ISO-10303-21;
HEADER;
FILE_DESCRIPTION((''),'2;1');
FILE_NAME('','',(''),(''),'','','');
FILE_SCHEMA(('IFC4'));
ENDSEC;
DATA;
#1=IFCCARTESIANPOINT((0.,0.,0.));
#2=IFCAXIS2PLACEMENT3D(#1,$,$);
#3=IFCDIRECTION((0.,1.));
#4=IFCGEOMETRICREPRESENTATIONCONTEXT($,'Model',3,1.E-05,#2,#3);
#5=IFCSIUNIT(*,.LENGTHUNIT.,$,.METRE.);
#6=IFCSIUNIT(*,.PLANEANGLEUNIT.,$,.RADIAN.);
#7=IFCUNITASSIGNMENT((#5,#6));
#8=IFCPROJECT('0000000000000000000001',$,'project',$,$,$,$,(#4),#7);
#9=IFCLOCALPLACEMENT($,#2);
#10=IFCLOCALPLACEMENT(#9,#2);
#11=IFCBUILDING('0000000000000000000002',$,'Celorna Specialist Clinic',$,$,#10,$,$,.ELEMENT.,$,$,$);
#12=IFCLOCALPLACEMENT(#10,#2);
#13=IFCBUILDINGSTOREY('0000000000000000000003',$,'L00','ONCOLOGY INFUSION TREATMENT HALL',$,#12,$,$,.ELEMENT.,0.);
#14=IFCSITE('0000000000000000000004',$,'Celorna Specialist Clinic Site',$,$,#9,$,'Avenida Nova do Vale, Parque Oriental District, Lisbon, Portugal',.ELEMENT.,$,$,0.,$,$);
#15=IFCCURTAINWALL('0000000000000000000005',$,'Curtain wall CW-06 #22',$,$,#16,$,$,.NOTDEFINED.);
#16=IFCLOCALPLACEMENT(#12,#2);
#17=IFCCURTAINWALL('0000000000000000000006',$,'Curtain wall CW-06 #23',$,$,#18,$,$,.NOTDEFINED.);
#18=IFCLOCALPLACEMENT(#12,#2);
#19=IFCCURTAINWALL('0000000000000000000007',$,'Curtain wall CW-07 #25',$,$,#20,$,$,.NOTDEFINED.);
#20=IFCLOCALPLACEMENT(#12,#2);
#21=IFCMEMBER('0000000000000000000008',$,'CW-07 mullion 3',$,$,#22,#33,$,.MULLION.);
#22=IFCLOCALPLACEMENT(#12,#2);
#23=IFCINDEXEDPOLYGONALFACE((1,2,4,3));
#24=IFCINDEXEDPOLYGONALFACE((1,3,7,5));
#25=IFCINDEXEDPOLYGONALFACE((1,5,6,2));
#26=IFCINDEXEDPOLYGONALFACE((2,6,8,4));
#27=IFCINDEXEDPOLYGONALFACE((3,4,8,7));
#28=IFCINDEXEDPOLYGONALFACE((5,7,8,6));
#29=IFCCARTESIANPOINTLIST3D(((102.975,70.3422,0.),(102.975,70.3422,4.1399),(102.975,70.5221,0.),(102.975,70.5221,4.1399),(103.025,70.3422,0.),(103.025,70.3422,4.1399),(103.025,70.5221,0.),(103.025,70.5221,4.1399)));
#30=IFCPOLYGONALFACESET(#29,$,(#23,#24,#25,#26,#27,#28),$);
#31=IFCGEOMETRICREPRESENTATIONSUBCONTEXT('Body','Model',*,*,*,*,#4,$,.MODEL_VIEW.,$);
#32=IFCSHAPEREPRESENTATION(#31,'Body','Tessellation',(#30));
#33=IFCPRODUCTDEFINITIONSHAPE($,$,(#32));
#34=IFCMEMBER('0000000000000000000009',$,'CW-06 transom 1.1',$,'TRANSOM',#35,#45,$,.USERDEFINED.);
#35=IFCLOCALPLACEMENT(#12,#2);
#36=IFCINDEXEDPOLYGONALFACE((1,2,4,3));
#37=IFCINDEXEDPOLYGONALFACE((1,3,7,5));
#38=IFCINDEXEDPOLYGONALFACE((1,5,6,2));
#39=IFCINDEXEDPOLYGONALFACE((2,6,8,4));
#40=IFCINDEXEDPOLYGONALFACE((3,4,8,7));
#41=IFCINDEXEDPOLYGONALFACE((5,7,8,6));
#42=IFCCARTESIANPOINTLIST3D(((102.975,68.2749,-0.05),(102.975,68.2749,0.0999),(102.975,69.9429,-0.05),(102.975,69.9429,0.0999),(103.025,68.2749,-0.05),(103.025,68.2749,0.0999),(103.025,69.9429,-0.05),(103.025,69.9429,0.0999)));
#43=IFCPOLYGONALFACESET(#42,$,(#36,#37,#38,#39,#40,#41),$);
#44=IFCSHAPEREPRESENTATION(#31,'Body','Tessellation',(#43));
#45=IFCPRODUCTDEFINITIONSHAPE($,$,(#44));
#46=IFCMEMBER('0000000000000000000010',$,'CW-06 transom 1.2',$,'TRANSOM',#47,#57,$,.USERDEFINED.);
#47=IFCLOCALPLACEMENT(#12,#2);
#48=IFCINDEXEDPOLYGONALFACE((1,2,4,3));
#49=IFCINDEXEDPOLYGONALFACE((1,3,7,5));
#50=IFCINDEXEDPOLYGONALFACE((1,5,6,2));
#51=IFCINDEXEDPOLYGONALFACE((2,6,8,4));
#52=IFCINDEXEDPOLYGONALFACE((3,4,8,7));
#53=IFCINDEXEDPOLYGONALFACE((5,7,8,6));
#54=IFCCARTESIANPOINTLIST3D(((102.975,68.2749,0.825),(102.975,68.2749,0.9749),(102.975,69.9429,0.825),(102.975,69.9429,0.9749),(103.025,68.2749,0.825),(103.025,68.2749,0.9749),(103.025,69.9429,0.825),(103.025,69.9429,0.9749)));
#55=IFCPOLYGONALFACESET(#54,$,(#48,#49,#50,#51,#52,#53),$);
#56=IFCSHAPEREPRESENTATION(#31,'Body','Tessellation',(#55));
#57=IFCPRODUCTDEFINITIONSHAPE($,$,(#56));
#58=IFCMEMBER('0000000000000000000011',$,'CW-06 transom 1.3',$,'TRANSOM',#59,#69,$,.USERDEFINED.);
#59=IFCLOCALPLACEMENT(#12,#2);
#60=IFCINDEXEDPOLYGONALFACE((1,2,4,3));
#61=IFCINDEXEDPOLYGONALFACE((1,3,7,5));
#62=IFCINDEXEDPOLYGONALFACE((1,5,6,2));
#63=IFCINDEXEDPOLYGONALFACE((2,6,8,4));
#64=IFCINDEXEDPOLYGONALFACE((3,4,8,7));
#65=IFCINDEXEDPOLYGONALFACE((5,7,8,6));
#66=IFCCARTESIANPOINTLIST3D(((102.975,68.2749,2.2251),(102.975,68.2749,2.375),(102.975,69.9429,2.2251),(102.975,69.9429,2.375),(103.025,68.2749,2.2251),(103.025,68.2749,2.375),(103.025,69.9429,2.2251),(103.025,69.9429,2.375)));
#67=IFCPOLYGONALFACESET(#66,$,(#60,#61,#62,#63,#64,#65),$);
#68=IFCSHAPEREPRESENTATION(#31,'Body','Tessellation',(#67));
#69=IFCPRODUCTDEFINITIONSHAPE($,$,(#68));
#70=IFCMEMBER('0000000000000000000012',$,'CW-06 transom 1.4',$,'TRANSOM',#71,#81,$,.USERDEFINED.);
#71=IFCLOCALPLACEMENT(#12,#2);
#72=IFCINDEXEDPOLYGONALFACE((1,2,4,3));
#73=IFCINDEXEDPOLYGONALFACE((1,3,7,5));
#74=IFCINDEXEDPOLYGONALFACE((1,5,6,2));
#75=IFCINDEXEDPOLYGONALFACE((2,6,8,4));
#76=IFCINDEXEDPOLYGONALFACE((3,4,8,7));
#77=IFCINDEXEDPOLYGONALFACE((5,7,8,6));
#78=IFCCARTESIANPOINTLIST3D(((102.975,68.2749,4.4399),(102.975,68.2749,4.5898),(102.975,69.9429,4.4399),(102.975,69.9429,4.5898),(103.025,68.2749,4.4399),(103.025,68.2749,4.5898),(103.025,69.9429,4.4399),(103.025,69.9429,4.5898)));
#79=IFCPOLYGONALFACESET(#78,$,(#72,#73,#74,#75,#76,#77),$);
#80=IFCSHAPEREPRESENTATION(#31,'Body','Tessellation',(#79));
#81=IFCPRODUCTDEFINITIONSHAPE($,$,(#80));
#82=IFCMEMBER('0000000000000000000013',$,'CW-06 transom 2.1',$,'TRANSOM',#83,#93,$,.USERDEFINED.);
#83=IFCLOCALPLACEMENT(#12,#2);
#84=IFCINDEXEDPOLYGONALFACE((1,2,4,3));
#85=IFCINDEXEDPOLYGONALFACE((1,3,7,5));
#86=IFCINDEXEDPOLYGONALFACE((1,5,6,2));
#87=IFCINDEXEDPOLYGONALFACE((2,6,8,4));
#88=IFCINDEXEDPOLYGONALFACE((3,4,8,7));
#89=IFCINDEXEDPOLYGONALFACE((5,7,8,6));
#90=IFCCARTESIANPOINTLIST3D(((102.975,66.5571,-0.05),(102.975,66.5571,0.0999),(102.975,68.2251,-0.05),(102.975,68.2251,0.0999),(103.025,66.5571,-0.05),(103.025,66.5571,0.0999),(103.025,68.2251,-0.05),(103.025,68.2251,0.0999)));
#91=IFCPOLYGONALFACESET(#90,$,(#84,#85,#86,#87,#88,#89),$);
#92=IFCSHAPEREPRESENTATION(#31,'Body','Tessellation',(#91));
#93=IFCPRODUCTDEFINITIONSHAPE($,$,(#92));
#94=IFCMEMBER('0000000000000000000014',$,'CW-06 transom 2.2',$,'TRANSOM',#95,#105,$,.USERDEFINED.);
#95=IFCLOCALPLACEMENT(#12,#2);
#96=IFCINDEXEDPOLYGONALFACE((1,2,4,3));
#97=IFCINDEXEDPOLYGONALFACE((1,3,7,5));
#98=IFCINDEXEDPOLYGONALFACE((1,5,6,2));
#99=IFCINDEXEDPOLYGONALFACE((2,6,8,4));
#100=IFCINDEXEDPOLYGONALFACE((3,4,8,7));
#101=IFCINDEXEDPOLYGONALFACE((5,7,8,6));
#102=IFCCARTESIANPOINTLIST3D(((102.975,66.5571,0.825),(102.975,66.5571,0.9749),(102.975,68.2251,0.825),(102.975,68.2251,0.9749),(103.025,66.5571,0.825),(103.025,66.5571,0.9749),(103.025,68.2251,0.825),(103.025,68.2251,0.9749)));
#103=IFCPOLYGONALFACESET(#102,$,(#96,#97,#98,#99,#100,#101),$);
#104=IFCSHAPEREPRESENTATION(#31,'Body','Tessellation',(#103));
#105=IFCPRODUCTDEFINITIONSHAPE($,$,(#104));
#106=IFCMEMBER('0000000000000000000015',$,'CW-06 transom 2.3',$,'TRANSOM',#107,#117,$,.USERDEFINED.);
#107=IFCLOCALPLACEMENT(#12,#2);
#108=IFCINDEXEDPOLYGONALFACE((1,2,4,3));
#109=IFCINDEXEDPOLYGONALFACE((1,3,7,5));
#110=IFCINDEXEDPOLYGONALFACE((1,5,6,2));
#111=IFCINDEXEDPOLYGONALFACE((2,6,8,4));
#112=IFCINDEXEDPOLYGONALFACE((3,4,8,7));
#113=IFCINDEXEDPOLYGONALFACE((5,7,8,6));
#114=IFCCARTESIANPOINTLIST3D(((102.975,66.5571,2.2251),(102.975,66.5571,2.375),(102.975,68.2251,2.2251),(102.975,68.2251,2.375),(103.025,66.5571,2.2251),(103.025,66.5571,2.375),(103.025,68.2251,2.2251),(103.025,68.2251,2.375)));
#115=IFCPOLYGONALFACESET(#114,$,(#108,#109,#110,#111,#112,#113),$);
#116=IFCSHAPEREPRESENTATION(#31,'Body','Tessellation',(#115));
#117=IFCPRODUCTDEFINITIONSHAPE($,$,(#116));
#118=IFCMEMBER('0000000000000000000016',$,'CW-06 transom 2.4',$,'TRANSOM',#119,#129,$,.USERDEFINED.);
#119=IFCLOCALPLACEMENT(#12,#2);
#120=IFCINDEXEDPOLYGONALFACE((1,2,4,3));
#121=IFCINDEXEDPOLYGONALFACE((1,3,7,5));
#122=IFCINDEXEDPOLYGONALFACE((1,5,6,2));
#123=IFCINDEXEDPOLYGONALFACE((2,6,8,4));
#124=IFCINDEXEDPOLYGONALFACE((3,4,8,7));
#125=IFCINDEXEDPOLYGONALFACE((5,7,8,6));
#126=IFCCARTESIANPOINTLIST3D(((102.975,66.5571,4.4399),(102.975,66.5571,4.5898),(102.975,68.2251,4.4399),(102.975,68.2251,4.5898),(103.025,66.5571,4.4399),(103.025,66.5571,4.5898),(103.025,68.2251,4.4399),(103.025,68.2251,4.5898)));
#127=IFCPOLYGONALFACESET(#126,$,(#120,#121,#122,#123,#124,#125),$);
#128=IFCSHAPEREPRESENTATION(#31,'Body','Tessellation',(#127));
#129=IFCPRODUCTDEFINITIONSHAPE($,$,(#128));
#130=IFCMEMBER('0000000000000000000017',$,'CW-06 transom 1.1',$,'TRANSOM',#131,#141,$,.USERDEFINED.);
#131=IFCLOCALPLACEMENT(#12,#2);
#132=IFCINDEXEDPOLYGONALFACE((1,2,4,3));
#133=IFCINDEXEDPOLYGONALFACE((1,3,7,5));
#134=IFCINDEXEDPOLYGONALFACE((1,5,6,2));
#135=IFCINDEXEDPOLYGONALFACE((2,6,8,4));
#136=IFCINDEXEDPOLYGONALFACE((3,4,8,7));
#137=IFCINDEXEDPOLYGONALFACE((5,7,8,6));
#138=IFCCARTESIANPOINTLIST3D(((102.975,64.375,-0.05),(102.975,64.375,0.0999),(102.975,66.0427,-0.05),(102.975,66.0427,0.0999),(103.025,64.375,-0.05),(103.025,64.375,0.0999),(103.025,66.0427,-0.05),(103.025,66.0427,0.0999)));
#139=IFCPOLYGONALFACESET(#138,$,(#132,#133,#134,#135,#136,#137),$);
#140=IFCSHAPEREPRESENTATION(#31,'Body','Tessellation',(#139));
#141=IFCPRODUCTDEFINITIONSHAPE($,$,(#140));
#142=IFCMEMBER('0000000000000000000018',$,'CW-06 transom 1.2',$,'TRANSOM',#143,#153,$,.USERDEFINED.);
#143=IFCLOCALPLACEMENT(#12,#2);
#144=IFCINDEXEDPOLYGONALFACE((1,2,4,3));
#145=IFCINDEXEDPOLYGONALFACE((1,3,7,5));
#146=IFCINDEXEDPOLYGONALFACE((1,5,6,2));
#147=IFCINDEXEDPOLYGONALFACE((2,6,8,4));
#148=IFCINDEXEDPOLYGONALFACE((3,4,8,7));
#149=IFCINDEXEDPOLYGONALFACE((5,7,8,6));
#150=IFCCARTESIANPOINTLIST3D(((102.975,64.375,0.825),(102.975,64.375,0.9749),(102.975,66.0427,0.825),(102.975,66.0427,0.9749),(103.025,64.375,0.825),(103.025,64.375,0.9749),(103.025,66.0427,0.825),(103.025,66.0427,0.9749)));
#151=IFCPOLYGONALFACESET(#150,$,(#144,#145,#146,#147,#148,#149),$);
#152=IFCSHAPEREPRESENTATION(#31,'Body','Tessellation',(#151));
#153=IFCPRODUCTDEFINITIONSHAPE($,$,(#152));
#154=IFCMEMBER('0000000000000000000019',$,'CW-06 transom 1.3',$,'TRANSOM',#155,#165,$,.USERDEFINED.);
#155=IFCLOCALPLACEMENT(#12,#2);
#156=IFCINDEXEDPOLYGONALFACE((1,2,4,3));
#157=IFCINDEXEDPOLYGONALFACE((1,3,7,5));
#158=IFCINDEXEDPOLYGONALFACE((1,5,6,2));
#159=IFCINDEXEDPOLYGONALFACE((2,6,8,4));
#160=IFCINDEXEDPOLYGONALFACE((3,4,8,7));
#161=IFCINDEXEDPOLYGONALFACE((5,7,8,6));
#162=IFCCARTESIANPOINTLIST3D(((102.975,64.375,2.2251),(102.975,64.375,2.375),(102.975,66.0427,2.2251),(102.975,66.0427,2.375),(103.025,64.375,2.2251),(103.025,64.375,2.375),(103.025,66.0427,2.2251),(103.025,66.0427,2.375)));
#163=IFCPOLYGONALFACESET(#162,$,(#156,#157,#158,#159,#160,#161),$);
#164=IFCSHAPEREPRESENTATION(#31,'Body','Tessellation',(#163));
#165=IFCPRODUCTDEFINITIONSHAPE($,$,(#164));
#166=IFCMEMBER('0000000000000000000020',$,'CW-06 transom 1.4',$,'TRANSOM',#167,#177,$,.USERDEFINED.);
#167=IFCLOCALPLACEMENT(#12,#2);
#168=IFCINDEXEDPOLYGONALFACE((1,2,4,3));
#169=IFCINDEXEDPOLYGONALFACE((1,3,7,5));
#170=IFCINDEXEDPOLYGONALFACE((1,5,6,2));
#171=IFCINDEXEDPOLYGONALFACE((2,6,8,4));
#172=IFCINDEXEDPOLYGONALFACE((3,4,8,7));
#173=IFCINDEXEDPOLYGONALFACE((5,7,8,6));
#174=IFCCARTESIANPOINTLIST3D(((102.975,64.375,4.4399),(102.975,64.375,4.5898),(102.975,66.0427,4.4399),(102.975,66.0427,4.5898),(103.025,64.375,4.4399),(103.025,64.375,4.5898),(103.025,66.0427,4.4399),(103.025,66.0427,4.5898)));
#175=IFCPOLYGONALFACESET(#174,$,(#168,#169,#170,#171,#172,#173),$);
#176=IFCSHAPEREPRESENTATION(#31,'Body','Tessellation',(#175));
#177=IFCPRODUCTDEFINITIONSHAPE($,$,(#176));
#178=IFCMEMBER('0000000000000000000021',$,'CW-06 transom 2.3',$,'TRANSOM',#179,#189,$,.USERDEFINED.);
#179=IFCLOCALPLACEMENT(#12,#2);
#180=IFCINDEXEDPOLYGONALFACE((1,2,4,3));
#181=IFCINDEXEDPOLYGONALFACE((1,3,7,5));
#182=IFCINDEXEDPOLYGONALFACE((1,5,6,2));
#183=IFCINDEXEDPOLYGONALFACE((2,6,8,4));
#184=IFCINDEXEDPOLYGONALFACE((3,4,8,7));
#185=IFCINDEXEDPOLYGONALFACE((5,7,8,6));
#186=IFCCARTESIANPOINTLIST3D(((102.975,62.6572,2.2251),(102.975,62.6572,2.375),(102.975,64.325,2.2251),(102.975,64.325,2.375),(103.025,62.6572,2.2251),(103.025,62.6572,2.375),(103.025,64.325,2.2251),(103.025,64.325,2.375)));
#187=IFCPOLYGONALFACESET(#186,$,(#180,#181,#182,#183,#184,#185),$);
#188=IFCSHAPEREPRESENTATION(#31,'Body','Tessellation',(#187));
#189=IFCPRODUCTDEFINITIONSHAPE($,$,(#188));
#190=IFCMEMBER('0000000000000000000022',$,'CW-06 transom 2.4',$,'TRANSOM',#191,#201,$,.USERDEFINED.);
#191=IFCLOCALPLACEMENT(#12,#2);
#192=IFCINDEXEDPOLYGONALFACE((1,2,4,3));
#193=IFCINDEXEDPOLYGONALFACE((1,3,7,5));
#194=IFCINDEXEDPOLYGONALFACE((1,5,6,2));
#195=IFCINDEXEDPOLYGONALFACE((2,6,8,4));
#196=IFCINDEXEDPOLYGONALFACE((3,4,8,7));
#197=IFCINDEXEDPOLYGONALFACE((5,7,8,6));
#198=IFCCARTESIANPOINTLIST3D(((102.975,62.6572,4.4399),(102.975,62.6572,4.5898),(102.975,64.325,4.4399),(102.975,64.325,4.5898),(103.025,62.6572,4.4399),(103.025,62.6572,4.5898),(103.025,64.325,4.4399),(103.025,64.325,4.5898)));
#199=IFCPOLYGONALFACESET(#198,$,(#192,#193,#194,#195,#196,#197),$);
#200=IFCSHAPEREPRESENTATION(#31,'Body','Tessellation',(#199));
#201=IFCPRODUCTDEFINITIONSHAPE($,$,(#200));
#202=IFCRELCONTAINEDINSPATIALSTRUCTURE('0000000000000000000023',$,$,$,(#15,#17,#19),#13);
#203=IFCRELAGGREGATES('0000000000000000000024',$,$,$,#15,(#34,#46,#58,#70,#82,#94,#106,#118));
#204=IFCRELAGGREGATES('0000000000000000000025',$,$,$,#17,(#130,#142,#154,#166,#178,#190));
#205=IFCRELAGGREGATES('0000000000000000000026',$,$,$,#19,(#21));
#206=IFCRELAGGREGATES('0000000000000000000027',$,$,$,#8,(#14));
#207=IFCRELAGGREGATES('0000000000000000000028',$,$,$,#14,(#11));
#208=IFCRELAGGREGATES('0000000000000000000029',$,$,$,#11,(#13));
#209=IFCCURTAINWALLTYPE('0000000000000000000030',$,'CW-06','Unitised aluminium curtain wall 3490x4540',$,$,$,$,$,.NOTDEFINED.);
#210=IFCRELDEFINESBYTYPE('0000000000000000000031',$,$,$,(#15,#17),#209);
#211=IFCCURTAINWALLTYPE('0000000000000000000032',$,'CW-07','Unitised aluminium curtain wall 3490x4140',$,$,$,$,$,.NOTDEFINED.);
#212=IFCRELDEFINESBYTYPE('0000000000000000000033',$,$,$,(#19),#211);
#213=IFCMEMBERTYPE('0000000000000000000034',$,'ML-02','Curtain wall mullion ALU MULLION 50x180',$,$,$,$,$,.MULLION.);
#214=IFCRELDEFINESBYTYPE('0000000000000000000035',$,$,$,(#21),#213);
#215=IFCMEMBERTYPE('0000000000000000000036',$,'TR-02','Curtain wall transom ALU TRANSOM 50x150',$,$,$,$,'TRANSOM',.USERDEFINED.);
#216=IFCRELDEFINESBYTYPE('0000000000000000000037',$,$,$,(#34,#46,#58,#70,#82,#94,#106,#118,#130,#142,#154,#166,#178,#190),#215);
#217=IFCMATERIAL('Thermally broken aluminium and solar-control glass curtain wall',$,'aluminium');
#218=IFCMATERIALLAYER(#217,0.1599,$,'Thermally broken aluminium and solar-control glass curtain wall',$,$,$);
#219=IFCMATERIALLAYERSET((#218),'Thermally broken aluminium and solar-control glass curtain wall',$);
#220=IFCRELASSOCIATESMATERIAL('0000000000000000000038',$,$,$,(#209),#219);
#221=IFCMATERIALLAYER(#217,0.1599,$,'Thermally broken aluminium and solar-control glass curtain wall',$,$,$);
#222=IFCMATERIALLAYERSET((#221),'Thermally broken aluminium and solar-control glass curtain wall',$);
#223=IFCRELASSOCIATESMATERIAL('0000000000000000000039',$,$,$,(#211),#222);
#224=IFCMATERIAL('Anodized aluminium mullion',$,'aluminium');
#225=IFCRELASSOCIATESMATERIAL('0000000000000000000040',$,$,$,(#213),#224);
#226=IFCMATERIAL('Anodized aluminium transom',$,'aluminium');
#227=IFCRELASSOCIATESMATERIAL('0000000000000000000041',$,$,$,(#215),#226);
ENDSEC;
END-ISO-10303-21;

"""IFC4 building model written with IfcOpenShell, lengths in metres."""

from ifc_helpers import new_model, si_unit, direction, frame, origin, origin_2d, place, context, subcontext, project, spatial, rectangle, extrude, material, layer, layer_set, material_profile, profile_set, type_object, element, aggregate, save


model = new_model("IFC4")

# Units and contexts
model_context = context("Model", 3, precision=1e-05, world=origin(), true_north=direction((0.0, 1.0)))
body_context = subcontext(model_context, "Body", "Model", "MODEL_VIEW")
ifc_project = project(units=[si_unit("LENGTHUNIT", "METRE"), si_unit("PLANEANGLEUNIT", "RADIAN")], contexts=[model_context])

# Site, building, storey
site_placement = place(None, origin())
site = spatial("IfcSite", under=ifc_project, at=site_placement, Name="Celorna Specialist Clinic Site", LongName="Avenida Nova do Vale, Parque Oriental District, Lisbon, Portugal", CompositionType="ELEMENT", RefElevation=0.0)
building_placement = place(site_placement, origin())
building = spatial("IfcBuilding", under=site, at=building_placement, Name="Celorna Specialist Clinic", CompositionType="ELEMENT")
storey_placement = place(building_placement, origin())
storey = spatial("IfcBuildingStorey", under=building, at=storey_placement, Name="L00", Description="ONCOLOGY INFUSION TREATMENT HALL", CompositionType="ELEMENT", Elevation=0.0)

# Curtain walls
ifc_material_1 = material(Name="Thermally broken aluminium and solar-control glass curtain wall", Category="aluminium")
ifc_layer_1 = layer(ifc_material_1, 0.1599, Name="Thermally broken aluminium and solar-control glass curtain wall")
ifc_layer_set_1 = layer_set([ifc_layer_1], Name="Thermally broken aluminium and solar-control glass curtain wall")
curtain_wall_type_1 = type_object("IfcCurtainWallType", Name="CW-06", Description="Unitised aluminium curtain wall 3490x4540", PredefinedType="NOTDEFINED", material=ifc_layer_set_1)
curtain_wall_1_placement = place(storey_placement, origin())
curtain_wall_1 = element("IfcCurtainWall", 1, at=curtain_wall_1_placement, inside=storey, type_object=curtain_wall_type_1, Name="Curtain wall CW-06 #22", PredefinedType="NOTDEFINED")
ifc_material_2 = material(Name="Anodized aluminium mullion", Category="aluminium")
curtain_wall_2_placement = place(storey_placement, origin())
curtain_wall_2 = element("IfcCurtainWall", 2, at=curtain_wall_2_placement, inside=storey, type_object=curtain_wall_type_1, Name="Curtain wall CW-06 #23", PredefinedType="NOTDEFINED")

# Curtain wall, member
ifc_layer_2 = layer(ifc_material_1, 0.1599, Name="Thermally broken aluminium and solar-control glass curtain wall")
ifc_layer_set_2 = layer_set([ifc_layer_2], Name="Thermally broken aluminium and solar-control glass curtain wall")
curtain_wall_type_2 = type_object("IfcCurtainWallType", Name="CW-07", Description="Unitised aluminium curtain wall 3490x4140", PredefinedType="NOTDEFINED", material=ifc_layer_set_2)
curtain_wall_3_placement = place(storey_placement, origin())
curtain_wall_3 = element("IfcCurtainWall", 3, at=curtain_wall_3_placement, inside=storey, type_object=curtain_wall_type_2, Name="Curtain wall CW-07 #25", PredefinedType="NOTDEFINED")
ifc_material_profile_1 = material_profile(ifc_material_2, rectangle(XDim=0.05, YDim=0.1799, at=origin_2d()), Name="ALU MULLION 50x180")
ifc_profile_set_1 = profile_set([ifc_material_profile_1], Name="Anodized aluminium mullion")
member_type_1 = type_object("IfcMemberType", Name="ML-02", Description="Curtain wall mullion ALU MULLION 50x180", PredefinedType="MULLION", material=ifc_profile_set_1)
member_1_placement = place(storey_placement, frame((103.0, 70.4321, 0.0), z_axis=(0.0, 0.0, 1.0), x_axis=(1.0, 0.0, 0.0)))
member_1 = element("IfcMember", 4, at=member_1_placement, type_object=member_type_1, Name="CW-07 mullion 3", PredefinedType="MULLION", context=body_context, shape_type="SweptSolid", body=[
    extrude(rectangle(XDim=0.05, YDim=0.1799, at=origin_2d()), origin(), (0.0, 0.0, 1.0), 4.1399),
])

# Members
ifc_material_3 = material(Name="Anodized aluminium transom", Category="aluminium")
ifc_material_profile_2 = material_profile(ifc_material_3, rectangle(XDim=0.05, YDim=0.1499, at=origin_2d()), Name="ALU TRANSOM 50x150")
ifc_profile_set_2 = profile_set([ifc_material_profile_2], Name="Anodized aluminium transom")
member_type_2 = type_object("IfcMemberType", Name="TR-02", Description="Curtain wall transom ALU TRANSOM 50x150", ElementType="TRANSOM", PredefinedType="USERDEFINED", material=ifc_profile_set_2)
member_2_placement = place(storey_placement, frame((103.0, 69.9429, 0.0249), z_axis=(0.0, -1.0, 0.0), x_axis=(1.0, 0.0, 0.0)))
member_2 = element("IfcMember", 5, at=member_2_placement, type_object=member_type_2, Name="CW-06 transom 1.1", ObjectType="TRANSOM", PredefinedType="USERDEFINED", context=body_context, shape_type="SweptSolid", body=[
    extrude(rectangle(XDim=0.05, YDim=0.1499, at=origin_2d()), origin(), (0.0, 0.0, 1.0), 1.668),
])
member_3_placement = place(storey_placement, frame((103.0, 69.9429, 0.8999), z_axis=(0.0, -1.0, 0.0), x_axis=(1.0, 0.0, 0.0)))
member_3 = element("IfcMember", 6, at=member_3_placement, type_object=member_type_2, Name="CW-06 transom 1.2", ObjectType="TRANSOM", PredefinedType="USERDEFINED", context=body_context, shape_type="SweptSolid", body=[
    extrude(rectangle(XDim=0.05, YDim=0.1499, at=origin_2d()), origin(), (0.0, 0.0, 1.0), 1.668),
])
member_4_placement = place(storey_placement, frame((103.0, 69.9429, 2.3), z_axis=(0.0, -1.0, 0.0), x_axis=(1.0, 0.0, 0.0)))
member_4 = element("IfcMember", 7, at=member_4_placement, type_object=member_type_2, Name="CW-06 transom 1.3", ObjectType="TRANSOM", PredefinedType="USERDEFINED", context=body_context, shape_type="SweptSolid", body=[
    extrude(rectangle(XDim=0.05, YDim=0.1499, at=origin_2d()), origin(), (0.0, 0.0, 1.0), 1.668),
])
member_5_placement = place(storey_placement, frame((103.0, 69.9429, 4.5149), z_axis=(0.0, -1.0, 0.0), x_axis=(1.0, 0.0, 0.0)))
member_5 = element("IfcMember", 8, at=member_5_placement, type_object=member_type_2, Name="CW-06 transom 1.4", ObjectType="TRANSOM", PredefinedType="USERDEFINED", context=body_context, shape_type="SweptSolid", body=[
    extrude(rectangle(XDim=0.05, YDim=0.1499, at=origin_2d()), origin(), (0.0, 0.0, 1.0), 1.668),
])
member_6_placement = place(storey_placement, frame((103.0, 68.2251, 0.0249), z_axis=(0.0, -1.0, 0.0), x_axis=(1.0, 0.0, 0.0)))
member_6 = element("IfcMember", 9, at=member_6_placement, type_object=member_type_2, Name="CW-06 transom 2.1", ObjectType="TRANSOM", PredefinedType="USERDEFINED", context=body_context, shape_type="SweptSolid", body=[
    extrude(rectangle(XDim=0.05, YDim=0.1499, at=origin_2d()), origin(), (0.0, 0.0, 1.0), 1.668),
])
member_7_placement = place(storey_placement, frame((103.0, 68.2251, 0.8999), z_axis=(0.0, -1.0, 0.0), x_axis=(1.0, 0.0, 0.0)))
member_7 = element("IfcMember", 10, at=member_7_placement, type_object=member_type_2, Name="CW-06 transom 2.2", ObjectType="TRANSOM", PredefinedType="USERDEFINED", context=body_context, shape_type="SweptSolid", body=[
    extrude(rectangle(XDim=0.05, YDim=0.1499, at=origin_2d()), origin(), (0.0, 0.0, 1.0), 1.668),
])
member_8_placement = place(storey_placement, frame((103.0, 68.2251, 2.3), z_axis=(0.0, -1.0, 0.0), x_axis=(1.0, 0.0, 0.0)))
member_8 = element("IfcMember", 11, at=member_8_placement, type_object=member_type_2, Name="CW-06 transom 2.3", ObjectType="TRANSOM", PredefinedType="USERDEFINED", context=body_context, shape_type="SweptSolid", body=[
    extrude(rectangle(XDim=0.05, YDim=0.1499, at=origin_2d()), origin(), (0.0, 0.0, 1.0), 1.668),
])
member_9_placement = place(storey_placement, frame((103.0, 68.2251, 4.5149), z_axis=(0.0, -1.0, 0.0), x_axis=(1.0, 0.0, 0.0)))
member_9 = element("IfcMember", 12, at=member_9_placement, type_object=member_type_2, Name="CW-06 transom 2.4", ObjectType="TRANSOM", PredefinedType="USERDEFINED", context=body_context, shape_type="SweptSolid", body=[
    extrude(rectangle(XDim=0.05, YDim=0.1499, at=origin_2d()), origin(), (0.0, 0.0, 1.0), 1.668),
])
member_10_placement = place(storey_placement, frame((103.0, 66.0427, 0.0249), z_axis=(0.0, -1.0, 0.0), x_axis=(1.0, 0.0, 0.0)))
member_10 = element("IfcMember", 13, at=member_10_placement, type_object=member_type_2, Name="CW-06 transom 1.1", ObjectType="TRANSOM", PredefinedType="USERDEFINED", context=body_context, shape_type="SweptSolid", body=[
    extrude(rectangle(XDim=0.05, YDim=0.1499, at=origin_2d()), origin(), (0.0, 0.0, 1.0), 1.6677),
])
member_11_placement = place(storey_placement, frame((103.0, 66.0427, 0.8999), z_axis=(0.0, -1.0, 0.0), x_axis=(1.0, 0.0, 0.0)))
member_11 = element("IfcMember", 14, at=member_11_placement, type_object=member_type_2, Name="CW-06 transom 1.2", ObjectType="TRANSOM", PredefinedType="USERDEFINED", context=body_context, shape_type="SweptSolid", body=[
    extrude(rectangle(XDim=0.05, YDim=0.1499, at=origin_2d()), origin(), (0.0, 0.0, 1.0), 1.6677),
])
member_12_placement = place(storey_placement, frame((103.0, 66.0427, 2.3), z_axis=(0.0, -1.0, 0.0), x_axis=(1.0, 0.0, 0.0)))
member_12 = element("IfcMember", 15, at=member_12_placement, type_object=member_type_2, Name="CW-06 transom 1.3", ObjectType="TRANSOM", PredefinedType="USERDEFINED", context=body_context, shape_type="SweptSolid", body=[
    extrude(rectangle(XDim=0.05, YDim=0.1499, at=origin_2d()), origin(), (0.0, 0.0, 1.0), 1.6677),
])
member_13_placement = place(storey_placement, frame((103.0, 66.0427, 4.5149), z_axis=(0.0, -1.0, 0.0), x_axis=(1.0, 0.0, 0.0)))
member_13 = element("IfcMember", 16, at=member_13_placement, type_object=member_type_2, Name="CW-06 transom 1.4", ObjectType="TRANSOM", PredefinedType="USERDEFINED", context=body_context, shape_type="SweptSolid", body=[
    extrude(rectangle(XDim=0.05, YDim=0.1499, at=origin_2d()), origin(), (0.0, 0.0, 1.0), 1.6677),
])
member_14_placement = place(storey_placement, frame((103.0, 64.325, 2.3), z_axis=(0.0, -1.0, 0.0), x_axis=(1.0, 0.0, 0.0)))
member_14 = element("IfcMember", 17, at=member_14_placement, type_object=member_type_2, Name="CW-06 transom 2.3", ObjectType="TRANSOM", PredefinedType="USERDEFINED", context=body_context, shape_type="SweptSolid", body=[
    extrude(rectangle(XDim=0.05, YDim=0.1499, at=origin_2d()), origin(), (0.0, 0.0, 1.0), 1.6677),
])
member_15_placement = place(storey_placement, frame((103.0, 64.325, 4.5149), z_axis=(0.0, -1.0, 0.0), x_axis=(1.0, 0.0, 0.0)))
member_15 = element("IfcMember", 18, at=member_15_placement, type_object=member_type_2, Name="CW-06 transom 2.4", ObjectType="TRANSOM", PredefinedType="USERDEFINED", context=body_context, shape_type="SweptSolid", body=[
    extrude(rectangle(XDim=0.05, YDim=0.1499, at=origin_2d()), origin(), (0.0, 0.0, 1.0), 1.6677),
])

aggregate(curtain_wall_1, [member_2, member_3, member_4, member_5, member_6, member_7, member_8, member_9])
aggregate(curtain_wall_2, [member_10, member_11, member_12, member_13, member_14, member_15])
aggregate(curtain_wall_3, [member_1])

save(model, "model.ifc")
